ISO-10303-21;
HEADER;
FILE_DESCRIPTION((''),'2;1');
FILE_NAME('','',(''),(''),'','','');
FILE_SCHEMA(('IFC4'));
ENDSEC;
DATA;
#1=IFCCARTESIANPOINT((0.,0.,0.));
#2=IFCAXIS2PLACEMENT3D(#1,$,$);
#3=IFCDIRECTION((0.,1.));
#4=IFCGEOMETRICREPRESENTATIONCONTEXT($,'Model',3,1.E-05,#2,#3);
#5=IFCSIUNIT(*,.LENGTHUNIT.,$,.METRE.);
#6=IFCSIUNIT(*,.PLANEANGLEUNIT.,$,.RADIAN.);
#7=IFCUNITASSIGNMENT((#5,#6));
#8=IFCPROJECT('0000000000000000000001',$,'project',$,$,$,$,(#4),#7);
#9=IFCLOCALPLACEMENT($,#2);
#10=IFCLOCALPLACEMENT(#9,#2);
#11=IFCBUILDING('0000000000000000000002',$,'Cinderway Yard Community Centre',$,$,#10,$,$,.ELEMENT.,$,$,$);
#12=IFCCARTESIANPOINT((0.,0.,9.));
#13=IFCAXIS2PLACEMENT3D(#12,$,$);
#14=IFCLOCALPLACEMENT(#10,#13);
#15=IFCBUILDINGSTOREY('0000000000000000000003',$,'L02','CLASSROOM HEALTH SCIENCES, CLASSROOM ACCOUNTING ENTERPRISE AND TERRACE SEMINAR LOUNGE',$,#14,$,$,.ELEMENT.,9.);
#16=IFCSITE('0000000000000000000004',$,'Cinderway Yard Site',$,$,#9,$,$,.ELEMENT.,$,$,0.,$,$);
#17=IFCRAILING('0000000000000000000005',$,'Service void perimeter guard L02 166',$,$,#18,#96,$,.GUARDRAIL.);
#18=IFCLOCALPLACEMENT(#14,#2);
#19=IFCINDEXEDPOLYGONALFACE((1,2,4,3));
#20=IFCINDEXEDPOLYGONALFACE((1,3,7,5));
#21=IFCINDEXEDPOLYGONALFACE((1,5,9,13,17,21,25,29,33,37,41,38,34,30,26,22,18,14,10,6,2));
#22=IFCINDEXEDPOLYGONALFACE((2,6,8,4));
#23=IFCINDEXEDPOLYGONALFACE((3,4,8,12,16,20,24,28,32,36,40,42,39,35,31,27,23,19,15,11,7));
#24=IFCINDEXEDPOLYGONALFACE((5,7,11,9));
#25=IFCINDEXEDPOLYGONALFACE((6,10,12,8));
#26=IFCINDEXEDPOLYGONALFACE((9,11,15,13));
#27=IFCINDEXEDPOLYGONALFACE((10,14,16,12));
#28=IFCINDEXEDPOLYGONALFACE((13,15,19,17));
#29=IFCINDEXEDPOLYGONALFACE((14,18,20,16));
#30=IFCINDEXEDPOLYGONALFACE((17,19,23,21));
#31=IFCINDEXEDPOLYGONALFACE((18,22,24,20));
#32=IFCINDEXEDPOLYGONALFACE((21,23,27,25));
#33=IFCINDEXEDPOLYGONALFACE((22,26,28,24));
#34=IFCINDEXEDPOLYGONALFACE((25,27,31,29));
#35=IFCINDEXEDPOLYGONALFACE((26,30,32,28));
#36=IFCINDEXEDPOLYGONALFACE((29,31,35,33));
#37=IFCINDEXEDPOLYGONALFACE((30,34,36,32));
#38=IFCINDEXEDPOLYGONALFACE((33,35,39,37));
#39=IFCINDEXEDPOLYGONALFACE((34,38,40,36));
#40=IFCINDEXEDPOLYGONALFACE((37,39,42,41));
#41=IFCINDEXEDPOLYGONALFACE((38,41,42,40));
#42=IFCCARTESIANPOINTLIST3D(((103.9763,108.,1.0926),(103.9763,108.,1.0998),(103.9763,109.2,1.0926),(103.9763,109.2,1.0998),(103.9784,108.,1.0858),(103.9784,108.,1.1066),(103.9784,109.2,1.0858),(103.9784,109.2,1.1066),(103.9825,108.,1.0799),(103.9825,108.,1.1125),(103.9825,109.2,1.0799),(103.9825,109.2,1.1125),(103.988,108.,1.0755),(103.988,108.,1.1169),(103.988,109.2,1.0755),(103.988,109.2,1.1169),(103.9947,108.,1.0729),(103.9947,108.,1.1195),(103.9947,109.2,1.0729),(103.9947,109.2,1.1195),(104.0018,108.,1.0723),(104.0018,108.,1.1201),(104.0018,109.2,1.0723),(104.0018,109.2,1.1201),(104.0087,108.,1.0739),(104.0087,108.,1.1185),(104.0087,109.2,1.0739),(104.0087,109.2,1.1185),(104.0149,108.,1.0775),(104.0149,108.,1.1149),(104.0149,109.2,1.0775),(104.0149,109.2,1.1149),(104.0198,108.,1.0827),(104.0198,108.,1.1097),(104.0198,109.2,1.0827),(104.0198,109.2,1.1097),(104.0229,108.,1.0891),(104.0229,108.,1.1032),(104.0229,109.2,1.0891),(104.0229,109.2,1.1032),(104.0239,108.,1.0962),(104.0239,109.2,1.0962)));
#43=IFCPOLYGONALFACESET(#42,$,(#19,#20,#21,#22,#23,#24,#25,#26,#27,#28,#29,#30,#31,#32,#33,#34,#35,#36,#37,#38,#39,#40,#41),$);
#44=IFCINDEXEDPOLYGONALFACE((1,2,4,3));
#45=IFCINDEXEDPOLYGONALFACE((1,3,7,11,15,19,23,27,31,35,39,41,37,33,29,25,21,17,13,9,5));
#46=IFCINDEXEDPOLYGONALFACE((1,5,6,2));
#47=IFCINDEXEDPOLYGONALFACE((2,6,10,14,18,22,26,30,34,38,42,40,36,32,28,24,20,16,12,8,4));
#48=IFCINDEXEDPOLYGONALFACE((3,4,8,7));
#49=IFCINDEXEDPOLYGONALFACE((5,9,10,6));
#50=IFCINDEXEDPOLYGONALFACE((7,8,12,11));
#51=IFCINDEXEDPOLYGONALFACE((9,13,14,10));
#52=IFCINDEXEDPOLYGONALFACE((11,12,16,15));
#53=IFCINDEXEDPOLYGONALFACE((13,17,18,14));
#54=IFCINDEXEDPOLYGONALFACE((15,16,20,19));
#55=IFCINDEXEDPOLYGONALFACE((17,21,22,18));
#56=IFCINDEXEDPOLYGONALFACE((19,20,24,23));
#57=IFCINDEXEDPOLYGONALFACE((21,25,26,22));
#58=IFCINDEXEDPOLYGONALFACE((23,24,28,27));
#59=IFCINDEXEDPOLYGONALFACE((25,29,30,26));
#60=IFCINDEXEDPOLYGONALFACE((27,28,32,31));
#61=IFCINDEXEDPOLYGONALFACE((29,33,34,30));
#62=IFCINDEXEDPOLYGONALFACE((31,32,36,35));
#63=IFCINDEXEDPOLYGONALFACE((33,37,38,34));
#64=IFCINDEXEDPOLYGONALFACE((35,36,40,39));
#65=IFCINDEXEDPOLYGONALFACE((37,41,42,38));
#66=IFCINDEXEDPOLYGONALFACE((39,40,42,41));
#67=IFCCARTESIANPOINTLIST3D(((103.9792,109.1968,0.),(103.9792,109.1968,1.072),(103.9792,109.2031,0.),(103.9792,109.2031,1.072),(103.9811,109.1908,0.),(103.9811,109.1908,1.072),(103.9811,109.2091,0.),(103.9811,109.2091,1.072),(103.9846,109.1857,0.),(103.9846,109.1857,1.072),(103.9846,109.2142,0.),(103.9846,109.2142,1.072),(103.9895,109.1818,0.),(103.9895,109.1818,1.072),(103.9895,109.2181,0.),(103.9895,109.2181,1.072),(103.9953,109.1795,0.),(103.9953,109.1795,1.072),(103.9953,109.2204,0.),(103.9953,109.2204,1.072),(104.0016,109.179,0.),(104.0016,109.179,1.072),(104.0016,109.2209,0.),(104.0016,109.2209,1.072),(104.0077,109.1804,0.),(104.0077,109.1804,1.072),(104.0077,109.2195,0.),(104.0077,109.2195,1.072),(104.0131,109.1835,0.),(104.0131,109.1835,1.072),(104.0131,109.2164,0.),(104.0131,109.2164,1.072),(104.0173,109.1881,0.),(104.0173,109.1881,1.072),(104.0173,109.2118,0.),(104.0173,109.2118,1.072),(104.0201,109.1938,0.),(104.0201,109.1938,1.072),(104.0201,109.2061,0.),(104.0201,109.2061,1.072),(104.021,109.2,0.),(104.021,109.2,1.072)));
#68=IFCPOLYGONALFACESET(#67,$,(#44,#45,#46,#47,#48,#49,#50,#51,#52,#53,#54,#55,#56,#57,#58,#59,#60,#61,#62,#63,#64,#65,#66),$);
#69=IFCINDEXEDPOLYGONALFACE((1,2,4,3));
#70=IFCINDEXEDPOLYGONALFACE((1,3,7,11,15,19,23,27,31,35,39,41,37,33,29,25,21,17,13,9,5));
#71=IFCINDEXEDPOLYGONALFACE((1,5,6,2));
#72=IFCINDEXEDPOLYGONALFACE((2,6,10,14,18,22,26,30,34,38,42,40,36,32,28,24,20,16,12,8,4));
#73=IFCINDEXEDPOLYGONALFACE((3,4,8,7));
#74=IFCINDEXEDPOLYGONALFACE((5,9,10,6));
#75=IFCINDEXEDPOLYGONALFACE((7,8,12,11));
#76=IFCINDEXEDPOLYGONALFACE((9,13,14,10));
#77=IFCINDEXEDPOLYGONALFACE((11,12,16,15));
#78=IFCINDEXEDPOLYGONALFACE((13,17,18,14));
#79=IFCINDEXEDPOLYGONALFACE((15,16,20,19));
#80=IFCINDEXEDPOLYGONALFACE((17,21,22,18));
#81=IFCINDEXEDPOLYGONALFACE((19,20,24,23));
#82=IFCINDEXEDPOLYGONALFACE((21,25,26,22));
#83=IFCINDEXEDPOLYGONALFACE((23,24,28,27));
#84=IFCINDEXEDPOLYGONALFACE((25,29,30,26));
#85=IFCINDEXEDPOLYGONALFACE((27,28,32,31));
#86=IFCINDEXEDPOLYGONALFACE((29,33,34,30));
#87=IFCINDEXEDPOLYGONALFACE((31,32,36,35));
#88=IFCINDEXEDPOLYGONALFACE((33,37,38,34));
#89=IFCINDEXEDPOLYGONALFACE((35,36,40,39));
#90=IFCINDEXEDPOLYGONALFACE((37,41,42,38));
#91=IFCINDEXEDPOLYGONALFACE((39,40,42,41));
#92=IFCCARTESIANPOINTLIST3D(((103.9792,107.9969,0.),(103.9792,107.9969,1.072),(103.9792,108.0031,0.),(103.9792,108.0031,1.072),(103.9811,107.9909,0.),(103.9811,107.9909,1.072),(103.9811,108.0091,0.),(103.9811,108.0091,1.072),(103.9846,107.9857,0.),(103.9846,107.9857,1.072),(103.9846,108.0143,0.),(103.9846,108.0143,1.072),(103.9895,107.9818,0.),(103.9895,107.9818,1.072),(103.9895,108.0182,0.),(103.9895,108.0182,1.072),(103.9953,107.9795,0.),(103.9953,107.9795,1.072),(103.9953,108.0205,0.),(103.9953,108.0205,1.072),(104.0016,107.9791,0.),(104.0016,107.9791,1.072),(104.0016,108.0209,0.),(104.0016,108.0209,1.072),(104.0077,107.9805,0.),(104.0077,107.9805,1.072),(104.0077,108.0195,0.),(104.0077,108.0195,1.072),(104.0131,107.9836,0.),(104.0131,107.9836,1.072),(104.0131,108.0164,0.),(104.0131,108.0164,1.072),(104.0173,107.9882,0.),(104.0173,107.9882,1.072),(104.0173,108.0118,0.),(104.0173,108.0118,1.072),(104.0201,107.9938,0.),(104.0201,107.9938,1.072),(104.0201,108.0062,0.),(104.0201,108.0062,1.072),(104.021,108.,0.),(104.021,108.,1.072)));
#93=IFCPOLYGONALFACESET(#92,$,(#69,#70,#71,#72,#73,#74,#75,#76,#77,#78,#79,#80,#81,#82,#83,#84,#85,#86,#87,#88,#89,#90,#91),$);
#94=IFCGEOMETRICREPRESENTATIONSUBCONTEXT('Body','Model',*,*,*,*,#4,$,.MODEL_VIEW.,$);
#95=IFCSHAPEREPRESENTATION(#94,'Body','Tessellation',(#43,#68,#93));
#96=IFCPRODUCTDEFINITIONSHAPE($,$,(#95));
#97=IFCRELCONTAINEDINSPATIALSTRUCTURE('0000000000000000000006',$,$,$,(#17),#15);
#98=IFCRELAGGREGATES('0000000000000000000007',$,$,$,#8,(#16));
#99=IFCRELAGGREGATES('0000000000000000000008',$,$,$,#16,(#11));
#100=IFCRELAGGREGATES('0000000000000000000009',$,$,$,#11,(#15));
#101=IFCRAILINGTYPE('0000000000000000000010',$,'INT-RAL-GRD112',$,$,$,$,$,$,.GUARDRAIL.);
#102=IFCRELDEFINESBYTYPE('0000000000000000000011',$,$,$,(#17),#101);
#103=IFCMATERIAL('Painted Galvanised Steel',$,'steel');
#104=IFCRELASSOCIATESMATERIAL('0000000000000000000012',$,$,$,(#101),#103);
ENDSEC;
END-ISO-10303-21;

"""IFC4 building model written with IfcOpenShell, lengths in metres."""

from ifc_helpers import new_model, si_unit, direction, frame, origin, origin_2d, place, context, subcontext, project, spatial, circle, extrude, material, type_object, element, save


model = new_model("IFC4")

# Units and contexts
model_context = context("Model", 3, precision=1e-05, world=origin(), true_north=direction((0.0, 1.0)))
body_context = subcontext(model_context, "Body", "Model", "MODEL_VIEW")
ifc_project = project(units=[si_unit("LENGTHUNIT", "METRE"), si_unit("PLANEANGLEUNIT", "RADIAN")], contexts=[model_context])

# Site, building, storey
site_placement = place(None, origin())
site = spatial("IfcSite", under=ifc_project, at=site_placement, Name="Cinderway Yard Site", CompositionType="ELEMENT", RefElevation=0.0)
building_placement = place(site_placement, origin())
building = spatial("IfcBuilding", under=site, at=building_placement, Name="Cinderway Yard Community Centre", CompositionType="ELEMENT")
storey_placement = place(building_placement, frame((0.0, 0.0, 9.0)))
storey = spatial("IfcBuildingStorey", under=building, at=storey_placement, Name="L02", Description="CLASSROOM HEALTH SCIENCES, CLASSROOM ACCOUNTING ENTERPRISE AND TERRACE SEMINAR LOUNGE", CompositionType="ELEMENT", Elevation=9.0)

# Railing
ifc_material_1 = material(Name="Painted Galvanised Steel", Category="steel")
railing_type = type_object("IfcRailingType", Name="INT-RAL-GRD112", PredefinedType="GUARDRAIL", material=ifc_material_1)
railing_1_placement = place(storey_placement, frame((104.0, 109.2, 0.0)))
element("IfcRailing", 1, at=railing_1_placement, inside=storey, type_object=railing_type, Name="Service void perimeter guard L02 166", PredefinedType="GUARDRAIL", context=body_context, shape_type="SweptSolid", body=[
    extrude(circle(Radius=0.0239, at=origin_2d()), frame((0.0, 0.0, 1.0962), z_axis=(0.0, -1.0, 0.0), x_axis=(1.0, 0.0, 0.0)), (0.0, 0.0, 1.0), 1.2),
    extrude(circle(Radius=0.021, at=origin_2d()), origin(), (0.0, 0.0, 1.0), 1.072),
    extrude(circle(Radius=0.021, at=origin_2d()), frame((0.0, -1.2, 0.0)), (0.0, 0.0, 1.0), 1.072),
])

save(model, "model.ifc")
